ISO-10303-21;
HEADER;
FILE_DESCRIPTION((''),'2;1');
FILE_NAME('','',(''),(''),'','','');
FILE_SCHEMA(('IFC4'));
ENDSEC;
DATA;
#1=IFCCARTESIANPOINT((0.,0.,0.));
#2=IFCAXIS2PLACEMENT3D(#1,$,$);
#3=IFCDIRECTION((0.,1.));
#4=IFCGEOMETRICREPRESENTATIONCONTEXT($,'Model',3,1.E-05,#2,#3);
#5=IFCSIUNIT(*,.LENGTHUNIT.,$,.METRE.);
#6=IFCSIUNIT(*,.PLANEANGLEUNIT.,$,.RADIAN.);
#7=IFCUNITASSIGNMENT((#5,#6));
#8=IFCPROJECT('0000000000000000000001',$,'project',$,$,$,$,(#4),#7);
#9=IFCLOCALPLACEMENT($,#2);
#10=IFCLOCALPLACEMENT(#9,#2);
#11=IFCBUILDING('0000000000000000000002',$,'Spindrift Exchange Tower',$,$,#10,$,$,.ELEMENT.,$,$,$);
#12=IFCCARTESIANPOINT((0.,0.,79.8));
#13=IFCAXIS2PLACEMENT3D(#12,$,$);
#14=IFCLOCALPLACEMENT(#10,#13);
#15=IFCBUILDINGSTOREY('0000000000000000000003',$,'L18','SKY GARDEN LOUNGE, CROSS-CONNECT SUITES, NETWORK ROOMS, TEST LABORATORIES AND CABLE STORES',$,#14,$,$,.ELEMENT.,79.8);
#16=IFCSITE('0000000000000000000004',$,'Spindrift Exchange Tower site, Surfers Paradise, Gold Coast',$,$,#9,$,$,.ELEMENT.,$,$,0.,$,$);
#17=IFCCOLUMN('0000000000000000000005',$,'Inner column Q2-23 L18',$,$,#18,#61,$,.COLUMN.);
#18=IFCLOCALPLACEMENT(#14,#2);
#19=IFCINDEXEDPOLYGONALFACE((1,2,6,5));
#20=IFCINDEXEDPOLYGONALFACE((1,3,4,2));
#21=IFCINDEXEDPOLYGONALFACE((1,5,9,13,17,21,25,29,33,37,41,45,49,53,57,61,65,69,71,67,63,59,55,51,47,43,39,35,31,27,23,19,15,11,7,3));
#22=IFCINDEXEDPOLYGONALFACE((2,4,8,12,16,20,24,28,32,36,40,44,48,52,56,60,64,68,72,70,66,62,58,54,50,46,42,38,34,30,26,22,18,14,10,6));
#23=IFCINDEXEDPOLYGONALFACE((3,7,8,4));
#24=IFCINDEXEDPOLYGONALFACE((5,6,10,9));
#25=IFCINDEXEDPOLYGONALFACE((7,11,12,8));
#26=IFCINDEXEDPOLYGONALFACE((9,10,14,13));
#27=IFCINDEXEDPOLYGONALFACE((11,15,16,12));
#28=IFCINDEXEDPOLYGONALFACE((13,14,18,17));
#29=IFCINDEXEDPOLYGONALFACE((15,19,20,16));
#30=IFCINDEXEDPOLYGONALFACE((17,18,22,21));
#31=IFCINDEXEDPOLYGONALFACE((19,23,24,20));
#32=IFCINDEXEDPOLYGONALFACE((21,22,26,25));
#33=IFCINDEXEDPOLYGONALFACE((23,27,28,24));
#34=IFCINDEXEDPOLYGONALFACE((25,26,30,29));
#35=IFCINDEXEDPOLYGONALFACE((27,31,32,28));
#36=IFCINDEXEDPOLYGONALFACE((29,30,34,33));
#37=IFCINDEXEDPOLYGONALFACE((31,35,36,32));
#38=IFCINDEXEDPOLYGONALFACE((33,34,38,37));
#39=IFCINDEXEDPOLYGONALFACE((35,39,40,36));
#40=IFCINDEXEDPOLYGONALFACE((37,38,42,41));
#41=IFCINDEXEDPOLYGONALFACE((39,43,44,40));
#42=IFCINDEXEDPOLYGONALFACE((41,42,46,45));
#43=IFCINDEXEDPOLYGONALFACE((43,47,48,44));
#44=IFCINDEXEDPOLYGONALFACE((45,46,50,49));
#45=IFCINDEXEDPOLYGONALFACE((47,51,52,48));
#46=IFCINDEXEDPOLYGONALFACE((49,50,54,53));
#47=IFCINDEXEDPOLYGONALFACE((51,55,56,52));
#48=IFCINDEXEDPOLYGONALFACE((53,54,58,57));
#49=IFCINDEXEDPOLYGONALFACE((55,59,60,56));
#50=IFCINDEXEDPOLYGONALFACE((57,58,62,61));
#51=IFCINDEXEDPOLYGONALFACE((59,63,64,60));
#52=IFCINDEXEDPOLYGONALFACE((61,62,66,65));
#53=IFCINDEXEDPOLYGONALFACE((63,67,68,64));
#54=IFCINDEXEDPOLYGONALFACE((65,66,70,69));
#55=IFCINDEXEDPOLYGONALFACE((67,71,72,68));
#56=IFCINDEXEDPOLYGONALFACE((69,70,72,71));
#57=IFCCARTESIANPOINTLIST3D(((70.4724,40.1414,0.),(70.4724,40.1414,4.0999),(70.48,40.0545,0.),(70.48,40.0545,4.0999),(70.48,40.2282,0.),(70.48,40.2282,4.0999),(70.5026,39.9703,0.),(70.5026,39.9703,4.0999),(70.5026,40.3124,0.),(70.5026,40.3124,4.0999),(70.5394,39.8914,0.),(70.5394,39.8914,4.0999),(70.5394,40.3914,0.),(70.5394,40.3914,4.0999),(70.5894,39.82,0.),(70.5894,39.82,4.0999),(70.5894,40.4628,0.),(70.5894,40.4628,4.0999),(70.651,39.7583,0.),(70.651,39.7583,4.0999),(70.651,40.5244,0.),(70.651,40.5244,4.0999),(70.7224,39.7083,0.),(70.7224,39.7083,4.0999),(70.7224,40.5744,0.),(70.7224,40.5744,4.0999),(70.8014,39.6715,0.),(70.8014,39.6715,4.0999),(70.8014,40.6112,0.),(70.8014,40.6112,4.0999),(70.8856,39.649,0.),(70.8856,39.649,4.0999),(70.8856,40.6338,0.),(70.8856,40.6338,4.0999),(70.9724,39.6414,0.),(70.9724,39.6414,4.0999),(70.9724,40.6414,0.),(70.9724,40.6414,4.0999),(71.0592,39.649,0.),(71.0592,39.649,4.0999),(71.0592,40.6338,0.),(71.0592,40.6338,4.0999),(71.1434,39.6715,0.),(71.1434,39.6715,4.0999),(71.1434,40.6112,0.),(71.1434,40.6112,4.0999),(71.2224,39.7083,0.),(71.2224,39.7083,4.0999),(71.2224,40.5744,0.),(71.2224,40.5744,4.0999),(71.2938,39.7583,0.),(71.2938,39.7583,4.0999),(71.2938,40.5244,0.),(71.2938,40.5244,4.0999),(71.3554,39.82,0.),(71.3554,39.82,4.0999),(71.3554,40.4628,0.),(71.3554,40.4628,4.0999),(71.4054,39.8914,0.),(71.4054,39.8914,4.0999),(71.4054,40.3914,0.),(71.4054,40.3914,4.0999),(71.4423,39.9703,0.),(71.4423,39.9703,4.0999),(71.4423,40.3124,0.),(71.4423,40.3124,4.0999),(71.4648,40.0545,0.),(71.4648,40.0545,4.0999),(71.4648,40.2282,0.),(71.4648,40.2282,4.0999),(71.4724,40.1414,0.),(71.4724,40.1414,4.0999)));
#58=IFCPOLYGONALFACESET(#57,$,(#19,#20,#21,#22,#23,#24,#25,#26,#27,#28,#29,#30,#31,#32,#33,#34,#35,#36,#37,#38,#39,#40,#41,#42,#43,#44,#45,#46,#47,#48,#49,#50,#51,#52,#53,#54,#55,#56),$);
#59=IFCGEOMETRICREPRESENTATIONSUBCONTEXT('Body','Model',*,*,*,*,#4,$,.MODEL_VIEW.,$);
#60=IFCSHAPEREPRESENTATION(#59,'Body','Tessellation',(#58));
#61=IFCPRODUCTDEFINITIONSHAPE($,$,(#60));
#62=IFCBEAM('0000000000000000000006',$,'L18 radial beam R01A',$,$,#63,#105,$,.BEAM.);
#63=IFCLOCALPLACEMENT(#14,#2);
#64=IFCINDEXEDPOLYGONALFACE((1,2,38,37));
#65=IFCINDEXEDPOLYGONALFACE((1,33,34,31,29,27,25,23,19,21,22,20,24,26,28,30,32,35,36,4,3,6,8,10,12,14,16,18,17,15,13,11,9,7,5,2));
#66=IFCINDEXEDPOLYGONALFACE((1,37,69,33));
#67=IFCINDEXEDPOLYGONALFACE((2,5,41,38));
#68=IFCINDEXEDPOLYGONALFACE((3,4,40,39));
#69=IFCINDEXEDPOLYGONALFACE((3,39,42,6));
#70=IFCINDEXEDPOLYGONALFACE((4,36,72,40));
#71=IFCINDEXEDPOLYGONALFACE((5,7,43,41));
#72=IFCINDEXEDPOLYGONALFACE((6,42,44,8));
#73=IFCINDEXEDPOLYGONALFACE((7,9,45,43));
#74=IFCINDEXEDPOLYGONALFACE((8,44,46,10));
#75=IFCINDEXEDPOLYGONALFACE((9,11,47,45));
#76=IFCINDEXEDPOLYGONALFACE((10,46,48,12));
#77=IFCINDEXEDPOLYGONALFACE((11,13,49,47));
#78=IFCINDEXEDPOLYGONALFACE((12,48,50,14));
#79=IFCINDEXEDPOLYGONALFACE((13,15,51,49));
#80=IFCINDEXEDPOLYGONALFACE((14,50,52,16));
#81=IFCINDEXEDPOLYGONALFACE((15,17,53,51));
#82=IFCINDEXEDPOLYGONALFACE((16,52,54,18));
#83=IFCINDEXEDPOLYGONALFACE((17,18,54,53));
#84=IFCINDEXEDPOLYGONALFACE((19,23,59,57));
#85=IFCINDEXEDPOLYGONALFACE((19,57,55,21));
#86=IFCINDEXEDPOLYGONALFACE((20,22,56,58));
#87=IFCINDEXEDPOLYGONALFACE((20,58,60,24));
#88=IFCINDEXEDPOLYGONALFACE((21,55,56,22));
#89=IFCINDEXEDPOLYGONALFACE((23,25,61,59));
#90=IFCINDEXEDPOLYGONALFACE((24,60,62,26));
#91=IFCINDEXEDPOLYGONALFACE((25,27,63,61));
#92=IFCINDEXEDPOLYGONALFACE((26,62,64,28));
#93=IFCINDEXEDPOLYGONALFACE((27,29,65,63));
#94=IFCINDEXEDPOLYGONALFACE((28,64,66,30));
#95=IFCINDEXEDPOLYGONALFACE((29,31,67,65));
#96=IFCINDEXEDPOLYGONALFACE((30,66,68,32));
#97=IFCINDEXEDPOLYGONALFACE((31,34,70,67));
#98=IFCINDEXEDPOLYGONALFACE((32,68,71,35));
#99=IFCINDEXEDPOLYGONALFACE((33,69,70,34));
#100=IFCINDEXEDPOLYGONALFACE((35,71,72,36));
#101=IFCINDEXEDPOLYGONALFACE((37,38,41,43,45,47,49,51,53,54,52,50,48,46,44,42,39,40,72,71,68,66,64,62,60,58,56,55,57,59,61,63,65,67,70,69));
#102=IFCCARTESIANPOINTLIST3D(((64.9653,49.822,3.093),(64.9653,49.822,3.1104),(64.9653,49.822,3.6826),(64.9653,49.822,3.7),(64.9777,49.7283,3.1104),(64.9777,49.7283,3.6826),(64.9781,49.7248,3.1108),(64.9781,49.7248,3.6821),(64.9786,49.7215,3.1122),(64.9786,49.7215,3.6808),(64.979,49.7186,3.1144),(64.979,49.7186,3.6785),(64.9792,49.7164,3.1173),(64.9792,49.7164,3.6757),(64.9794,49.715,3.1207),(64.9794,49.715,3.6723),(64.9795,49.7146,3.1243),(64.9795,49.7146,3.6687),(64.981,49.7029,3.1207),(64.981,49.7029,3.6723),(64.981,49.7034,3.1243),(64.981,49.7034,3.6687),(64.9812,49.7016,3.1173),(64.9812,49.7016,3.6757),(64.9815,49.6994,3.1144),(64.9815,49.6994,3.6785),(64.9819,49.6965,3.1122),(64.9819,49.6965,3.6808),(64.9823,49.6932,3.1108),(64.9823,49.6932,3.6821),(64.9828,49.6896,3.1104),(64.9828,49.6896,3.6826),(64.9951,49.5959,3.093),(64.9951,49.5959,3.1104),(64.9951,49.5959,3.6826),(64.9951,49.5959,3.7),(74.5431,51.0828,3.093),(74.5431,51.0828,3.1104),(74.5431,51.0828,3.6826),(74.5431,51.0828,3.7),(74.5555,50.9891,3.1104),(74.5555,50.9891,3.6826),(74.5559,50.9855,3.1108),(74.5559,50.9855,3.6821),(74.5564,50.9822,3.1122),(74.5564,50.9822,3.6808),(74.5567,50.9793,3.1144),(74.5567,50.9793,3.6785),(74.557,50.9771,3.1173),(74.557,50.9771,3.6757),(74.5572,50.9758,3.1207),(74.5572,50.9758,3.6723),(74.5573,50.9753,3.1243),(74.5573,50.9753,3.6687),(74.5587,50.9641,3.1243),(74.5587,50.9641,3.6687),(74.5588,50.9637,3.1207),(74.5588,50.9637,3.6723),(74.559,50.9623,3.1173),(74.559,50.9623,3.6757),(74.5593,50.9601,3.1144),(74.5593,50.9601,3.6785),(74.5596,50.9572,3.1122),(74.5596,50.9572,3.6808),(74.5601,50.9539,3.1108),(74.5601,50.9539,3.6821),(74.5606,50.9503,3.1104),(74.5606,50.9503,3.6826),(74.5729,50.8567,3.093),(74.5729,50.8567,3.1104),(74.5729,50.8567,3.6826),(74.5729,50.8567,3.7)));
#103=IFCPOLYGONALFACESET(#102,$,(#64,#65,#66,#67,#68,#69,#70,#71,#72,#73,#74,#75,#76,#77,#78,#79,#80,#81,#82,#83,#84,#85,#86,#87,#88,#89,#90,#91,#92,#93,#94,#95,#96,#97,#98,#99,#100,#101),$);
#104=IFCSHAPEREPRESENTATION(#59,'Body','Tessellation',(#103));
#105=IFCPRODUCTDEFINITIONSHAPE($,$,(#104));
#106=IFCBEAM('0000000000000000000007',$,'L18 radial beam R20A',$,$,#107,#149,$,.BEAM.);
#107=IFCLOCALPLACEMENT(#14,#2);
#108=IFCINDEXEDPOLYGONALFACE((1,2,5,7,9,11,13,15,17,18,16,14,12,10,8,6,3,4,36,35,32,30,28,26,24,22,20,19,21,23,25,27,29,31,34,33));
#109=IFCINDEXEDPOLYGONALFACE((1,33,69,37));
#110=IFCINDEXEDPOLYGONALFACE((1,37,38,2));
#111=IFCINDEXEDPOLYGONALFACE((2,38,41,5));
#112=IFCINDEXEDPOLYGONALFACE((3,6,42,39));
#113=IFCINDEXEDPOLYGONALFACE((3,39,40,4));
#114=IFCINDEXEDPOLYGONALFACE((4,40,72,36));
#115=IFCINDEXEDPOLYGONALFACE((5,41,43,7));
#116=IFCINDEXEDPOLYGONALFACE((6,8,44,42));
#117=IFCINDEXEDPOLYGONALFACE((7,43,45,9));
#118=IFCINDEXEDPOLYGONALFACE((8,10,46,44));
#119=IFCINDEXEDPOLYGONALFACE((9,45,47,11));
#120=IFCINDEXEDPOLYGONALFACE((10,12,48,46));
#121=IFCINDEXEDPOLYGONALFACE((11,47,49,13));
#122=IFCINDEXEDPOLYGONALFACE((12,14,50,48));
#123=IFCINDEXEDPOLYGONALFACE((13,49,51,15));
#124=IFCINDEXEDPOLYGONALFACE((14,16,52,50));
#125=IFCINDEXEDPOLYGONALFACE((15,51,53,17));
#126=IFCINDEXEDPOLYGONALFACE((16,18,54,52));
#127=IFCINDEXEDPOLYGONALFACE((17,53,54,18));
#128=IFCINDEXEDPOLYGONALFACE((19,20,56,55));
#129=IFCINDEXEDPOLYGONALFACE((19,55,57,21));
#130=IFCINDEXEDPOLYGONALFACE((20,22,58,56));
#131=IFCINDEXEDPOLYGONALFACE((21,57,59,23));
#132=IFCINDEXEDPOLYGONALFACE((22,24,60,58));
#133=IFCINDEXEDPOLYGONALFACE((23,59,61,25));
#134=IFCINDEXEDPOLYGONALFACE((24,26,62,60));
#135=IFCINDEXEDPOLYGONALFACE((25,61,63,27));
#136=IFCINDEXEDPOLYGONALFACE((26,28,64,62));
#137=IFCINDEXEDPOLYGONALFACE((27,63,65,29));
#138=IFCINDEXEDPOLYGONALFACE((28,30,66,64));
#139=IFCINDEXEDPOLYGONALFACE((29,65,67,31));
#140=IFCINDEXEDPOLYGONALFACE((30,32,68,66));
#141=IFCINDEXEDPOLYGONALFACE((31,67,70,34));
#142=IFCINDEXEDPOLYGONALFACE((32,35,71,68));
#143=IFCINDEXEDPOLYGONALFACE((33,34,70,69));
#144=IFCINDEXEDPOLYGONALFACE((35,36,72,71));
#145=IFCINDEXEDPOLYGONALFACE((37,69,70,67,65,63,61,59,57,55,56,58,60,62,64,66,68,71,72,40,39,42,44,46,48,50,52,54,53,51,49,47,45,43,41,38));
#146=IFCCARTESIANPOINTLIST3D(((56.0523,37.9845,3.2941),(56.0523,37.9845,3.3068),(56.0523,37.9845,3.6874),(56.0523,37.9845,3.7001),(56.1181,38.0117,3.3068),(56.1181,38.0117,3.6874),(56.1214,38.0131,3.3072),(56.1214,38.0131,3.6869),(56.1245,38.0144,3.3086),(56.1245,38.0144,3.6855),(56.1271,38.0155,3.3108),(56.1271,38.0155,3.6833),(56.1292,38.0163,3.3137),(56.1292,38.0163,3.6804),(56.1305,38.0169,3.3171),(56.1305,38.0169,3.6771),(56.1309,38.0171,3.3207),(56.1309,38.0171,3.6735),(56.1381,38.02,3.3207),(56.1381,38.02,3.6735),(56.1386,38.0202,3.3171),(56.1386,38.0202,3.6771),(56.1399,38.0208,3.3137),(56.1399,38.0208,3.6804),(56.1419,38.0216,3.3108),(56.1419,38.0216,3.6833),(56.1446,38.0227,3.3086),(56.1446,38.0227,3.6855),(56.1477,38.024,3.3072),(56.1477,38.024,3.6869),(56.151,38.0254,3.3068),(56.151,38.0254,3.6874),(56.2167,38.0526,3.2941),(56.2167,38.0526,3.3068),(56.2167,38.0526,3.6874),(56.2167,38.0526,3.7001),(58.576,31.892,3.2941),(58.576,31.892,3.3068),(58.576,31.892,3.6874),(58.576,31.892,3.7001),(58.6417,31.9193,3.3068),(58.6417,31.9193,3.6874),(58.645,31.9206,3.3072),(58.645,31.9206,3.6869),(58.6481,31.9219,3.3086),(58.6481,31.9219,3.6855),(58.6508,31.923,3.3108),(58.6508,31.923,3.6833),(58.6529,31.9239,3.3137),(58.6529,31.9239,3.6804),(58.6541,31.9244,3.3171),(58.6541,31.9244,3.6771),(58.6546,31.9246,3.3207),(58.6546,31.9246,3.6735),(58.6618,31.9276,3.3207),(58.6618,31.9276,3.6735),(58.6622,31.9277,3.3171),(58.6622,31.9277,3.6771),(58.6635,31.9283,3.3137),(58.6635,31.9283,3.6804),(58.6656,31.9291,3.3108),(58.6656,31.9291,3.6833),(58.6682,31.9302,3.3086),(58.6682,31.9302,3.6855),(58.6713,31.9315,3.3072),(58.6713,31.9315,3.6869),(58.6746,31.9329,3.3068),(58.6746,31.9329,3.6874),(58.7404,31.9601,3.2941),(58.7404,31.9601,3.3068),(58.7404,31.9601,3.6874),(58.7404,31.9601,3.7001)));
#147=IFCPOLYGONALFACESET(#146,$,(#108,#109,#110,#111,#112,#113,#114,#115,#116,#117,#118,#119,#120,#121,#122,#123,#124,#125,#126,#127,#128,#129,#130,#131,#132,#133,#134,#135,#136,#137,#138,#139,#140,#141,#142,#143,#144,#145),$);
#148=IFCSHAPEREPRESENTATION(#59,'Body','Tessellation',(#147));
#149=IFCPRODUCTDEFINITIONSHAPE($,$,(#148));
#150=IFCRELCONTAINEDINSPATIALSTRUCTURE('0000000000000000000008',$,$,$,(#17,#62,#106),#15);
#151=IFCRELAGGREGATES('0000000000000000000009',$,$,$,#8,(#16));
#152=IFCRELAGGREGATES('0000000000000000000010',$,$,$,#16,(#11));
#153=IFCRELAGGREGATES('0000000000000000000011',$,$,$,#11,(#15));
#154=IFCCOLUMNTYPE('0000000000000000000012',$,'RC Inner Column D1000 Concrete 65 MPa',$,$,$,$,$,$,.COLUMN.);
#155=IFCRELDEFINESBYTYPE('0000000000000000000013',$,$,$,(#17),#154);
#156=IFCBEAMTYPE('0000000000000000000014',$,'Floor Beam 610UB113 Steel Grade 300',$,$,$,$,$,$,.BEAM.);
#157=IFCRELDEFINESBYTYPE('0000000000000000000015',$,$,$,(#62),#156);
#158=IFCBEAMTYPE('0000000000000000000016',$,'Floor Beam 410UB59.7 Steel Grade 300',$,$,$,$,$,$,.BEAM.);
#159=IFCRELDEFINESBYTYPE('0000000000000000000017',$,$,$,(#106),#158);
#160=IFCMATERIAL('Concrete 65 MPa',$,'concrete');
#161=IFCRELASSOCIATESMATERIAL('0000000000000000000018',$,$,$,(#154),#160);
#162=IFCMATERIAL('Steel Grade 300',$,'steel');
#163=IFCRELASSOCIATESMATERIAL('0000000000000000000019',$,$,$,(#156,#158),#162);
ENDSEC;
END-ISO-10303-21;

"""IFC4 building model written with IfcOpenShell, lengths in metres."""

from ifc_helpers import new_model, si_unit, direction, frame, origin, origin_2d, place, context, subcontext, project, spatial, circle, i_section, extrude, source, transform, mapped, material, material_profile, profile_set, type_object, element, save


model = new_model("IFC4")

# Units and contexts
model_context = context("Model", 3, precision=1e-05, world=origin(), true_north=direction((0.0, 1.0)))
body_context = subcontext(model_context, "Body", "Model", "MODEL_VIEW")
ifc_project = project(units=[si_unit("LENGTHUNIT", "METRE"), si_unit("PLANEANGLEUNIT", "RADIAN")], contexts=[model_context])

# Site, building, storey
site_placement = place(None, origin())
site = spatial("IfcSite", under=ifc_project, at=site_placement, Name="Spindrift Exchange Tower site, Surfers Paradise, Gold Coast", CompositionType="ELEMENT", RefElevation=0.0)
building_placement = place(site_placement, origin())
building = spatial("IfcBuilding", under=site, at=building_placement, Name="Spindrift Exchange Tower", CompositionType="ELEMENT")
storey_placement = place(building_placement, frame((0.0, 0.0, 79.8)))
storey = spatial("IfcBuildingStorey", under=building, at=storey_placement, Name="L18", Description="SKY GARDEN LOUNGE, CROSS-CONNECT SUITES, NETWORK ROOMS, TEST LABORATORIES AND CABLE STORES", CompositionType="ELEMENT", Elevation=79.8)

# Column
ifc_material_1 = material(Name="Concrete 65 MPa", Category="concrete")
ifc_material_profile_1 = material_profile(ifc_material_1, circle(Radius=0.5, at=origin_2d()), Name="RC D1000")
ifc_profile_set_1 = profile_set([ifc_material_profile_1], Name="Concrete 65 MPa")
column_type = type_object("IfcColumnType", Name="RC Inner Column D1000 Concrete 65 MPa", PredefinedType="COLUMN", material=ifc_profile_set_1)
shared_shape_1 = source(origin(), body_context, "Body", "SweptSolid", [
    extrude(circle(Radius=0.5, at=origin_2d()), origin(), (0.0, 0.0, 1.0), 4.0999),
])
column_placement = place(storey_placement, frame((70.9724, 40.1414, 0.0), z_axis=(0.0, 0.0, 1.0), x_axis=(1.0, 0.0, 0.0)))
element("IfcColumn", 1, at=column_placement, inside=storey, type_object=column_type, Name="Inner column Q2-23 L18", PredefinedType="COLUMN", context=body_context, shape_type="MappedRepresentation", body=[
    mapped(shared_shape_1, transform((0.0, 0.0, 0.0), scale=1.0)),
])

# Beams
ifc_material_2 = material(Name="Steel Grade 300", Category="steel")
ifc_material_profile_2 = material_profile(ifc_material_2, i_section(OverallWidth=0.228, OverallDepth=0.6069, WebThickness=0.0112, FlangeThickness=0.0173, FilletRadius=0.0139, at=origin_2d()), Name="610UB113")
ifc_profile_set_2 = profile_set([ifc_material_profile_2], Name="Steel Grade 300")
beam_type_1 = type_object("IfcBeamType", Name="Floor Beam 610UB113 Steel Grade 300", PredefinedType="BEAM", material=ifc_profile_set_2)
shared_shape_2 = source(origin(), body_context, "Body", "SweptSolid", [
    extrude(i_section(OverallWidth=0.228, OverallDepth=0.6069, WebThickness=0.0112, FlangeThickness=0.0173, FilletRadius=0.0139, at=origin_2d()), origin(), (0.0, 0.0, 1.0), 9.6604),
])
beam_1_placement = place(storey_placement, frame((64.9802, 49.709, 3.3965), z_axis=(0.991448, 0.130505, 0.0), x_axis=(-0.130505, 0.991448, 0.0)))
element("IfcBeam", 2, at=beam_1_placement, inside=storey, type_object=beam_type_1, Name="L18 radial beam R01A", PredefinedType="BEAM", context=body_context, shape_type="MappedRepresentation", body=[
    mapped(shared_shape_2, transform((0.0, 0.0, 0.0), scale=1.0)),
])
ifc_material_profile_3 = material_profile(ifc_material_2, i_section(OverallWidth=0.178, OverallDepth=0.406, WebThickness=0.0078, FlangeThickness=0.0127, FilletRadius=0.0139, at=origin_2d()), Name="410UB59.7")
ifc_profile_set_3 = profile_set([ifc_material_profile_3], Name="Steel Grade 300")
beam_type_2 = type_object("IfcBeamType", Name="Floor Beam 410UB59.7 Steel Grade 300", PredefinedType="BEAM", material=ifc_profile_set_3)
shared_shape_3 = source(origin(), body_context, "Body", "SweptSolid", [
    extrude(i_section(OverallWidth=0.178, OverallDepth=0.406, WebThickness=0.0078, FlangeThickness=0.0127, FilletRadius=0.0139, at=origin_2d()), origin(), (0.0, 0.0, 1.0), 6.5945),
])
beam_2_placement = place(storey_placement, frame((56.1345, 38.0186, 3.4971), z_axis=(0.382693, -0.923876, 0.0), x_axis=(0.923876, 0.382693, 0.0)))
element("IfcBeam", 3, at=beam_2_placement, inside=storey, type_object=beam_type_2, Name="L18 radial beam R20A", PredefinedType="BEAM", context=body_context, shape_type="MappedRepresentation", body=[
    mapped(shared_shape_3, transform((0.0, 0.0, 0.0), scale=1.0)),
])

save(model, "model.ifc")
